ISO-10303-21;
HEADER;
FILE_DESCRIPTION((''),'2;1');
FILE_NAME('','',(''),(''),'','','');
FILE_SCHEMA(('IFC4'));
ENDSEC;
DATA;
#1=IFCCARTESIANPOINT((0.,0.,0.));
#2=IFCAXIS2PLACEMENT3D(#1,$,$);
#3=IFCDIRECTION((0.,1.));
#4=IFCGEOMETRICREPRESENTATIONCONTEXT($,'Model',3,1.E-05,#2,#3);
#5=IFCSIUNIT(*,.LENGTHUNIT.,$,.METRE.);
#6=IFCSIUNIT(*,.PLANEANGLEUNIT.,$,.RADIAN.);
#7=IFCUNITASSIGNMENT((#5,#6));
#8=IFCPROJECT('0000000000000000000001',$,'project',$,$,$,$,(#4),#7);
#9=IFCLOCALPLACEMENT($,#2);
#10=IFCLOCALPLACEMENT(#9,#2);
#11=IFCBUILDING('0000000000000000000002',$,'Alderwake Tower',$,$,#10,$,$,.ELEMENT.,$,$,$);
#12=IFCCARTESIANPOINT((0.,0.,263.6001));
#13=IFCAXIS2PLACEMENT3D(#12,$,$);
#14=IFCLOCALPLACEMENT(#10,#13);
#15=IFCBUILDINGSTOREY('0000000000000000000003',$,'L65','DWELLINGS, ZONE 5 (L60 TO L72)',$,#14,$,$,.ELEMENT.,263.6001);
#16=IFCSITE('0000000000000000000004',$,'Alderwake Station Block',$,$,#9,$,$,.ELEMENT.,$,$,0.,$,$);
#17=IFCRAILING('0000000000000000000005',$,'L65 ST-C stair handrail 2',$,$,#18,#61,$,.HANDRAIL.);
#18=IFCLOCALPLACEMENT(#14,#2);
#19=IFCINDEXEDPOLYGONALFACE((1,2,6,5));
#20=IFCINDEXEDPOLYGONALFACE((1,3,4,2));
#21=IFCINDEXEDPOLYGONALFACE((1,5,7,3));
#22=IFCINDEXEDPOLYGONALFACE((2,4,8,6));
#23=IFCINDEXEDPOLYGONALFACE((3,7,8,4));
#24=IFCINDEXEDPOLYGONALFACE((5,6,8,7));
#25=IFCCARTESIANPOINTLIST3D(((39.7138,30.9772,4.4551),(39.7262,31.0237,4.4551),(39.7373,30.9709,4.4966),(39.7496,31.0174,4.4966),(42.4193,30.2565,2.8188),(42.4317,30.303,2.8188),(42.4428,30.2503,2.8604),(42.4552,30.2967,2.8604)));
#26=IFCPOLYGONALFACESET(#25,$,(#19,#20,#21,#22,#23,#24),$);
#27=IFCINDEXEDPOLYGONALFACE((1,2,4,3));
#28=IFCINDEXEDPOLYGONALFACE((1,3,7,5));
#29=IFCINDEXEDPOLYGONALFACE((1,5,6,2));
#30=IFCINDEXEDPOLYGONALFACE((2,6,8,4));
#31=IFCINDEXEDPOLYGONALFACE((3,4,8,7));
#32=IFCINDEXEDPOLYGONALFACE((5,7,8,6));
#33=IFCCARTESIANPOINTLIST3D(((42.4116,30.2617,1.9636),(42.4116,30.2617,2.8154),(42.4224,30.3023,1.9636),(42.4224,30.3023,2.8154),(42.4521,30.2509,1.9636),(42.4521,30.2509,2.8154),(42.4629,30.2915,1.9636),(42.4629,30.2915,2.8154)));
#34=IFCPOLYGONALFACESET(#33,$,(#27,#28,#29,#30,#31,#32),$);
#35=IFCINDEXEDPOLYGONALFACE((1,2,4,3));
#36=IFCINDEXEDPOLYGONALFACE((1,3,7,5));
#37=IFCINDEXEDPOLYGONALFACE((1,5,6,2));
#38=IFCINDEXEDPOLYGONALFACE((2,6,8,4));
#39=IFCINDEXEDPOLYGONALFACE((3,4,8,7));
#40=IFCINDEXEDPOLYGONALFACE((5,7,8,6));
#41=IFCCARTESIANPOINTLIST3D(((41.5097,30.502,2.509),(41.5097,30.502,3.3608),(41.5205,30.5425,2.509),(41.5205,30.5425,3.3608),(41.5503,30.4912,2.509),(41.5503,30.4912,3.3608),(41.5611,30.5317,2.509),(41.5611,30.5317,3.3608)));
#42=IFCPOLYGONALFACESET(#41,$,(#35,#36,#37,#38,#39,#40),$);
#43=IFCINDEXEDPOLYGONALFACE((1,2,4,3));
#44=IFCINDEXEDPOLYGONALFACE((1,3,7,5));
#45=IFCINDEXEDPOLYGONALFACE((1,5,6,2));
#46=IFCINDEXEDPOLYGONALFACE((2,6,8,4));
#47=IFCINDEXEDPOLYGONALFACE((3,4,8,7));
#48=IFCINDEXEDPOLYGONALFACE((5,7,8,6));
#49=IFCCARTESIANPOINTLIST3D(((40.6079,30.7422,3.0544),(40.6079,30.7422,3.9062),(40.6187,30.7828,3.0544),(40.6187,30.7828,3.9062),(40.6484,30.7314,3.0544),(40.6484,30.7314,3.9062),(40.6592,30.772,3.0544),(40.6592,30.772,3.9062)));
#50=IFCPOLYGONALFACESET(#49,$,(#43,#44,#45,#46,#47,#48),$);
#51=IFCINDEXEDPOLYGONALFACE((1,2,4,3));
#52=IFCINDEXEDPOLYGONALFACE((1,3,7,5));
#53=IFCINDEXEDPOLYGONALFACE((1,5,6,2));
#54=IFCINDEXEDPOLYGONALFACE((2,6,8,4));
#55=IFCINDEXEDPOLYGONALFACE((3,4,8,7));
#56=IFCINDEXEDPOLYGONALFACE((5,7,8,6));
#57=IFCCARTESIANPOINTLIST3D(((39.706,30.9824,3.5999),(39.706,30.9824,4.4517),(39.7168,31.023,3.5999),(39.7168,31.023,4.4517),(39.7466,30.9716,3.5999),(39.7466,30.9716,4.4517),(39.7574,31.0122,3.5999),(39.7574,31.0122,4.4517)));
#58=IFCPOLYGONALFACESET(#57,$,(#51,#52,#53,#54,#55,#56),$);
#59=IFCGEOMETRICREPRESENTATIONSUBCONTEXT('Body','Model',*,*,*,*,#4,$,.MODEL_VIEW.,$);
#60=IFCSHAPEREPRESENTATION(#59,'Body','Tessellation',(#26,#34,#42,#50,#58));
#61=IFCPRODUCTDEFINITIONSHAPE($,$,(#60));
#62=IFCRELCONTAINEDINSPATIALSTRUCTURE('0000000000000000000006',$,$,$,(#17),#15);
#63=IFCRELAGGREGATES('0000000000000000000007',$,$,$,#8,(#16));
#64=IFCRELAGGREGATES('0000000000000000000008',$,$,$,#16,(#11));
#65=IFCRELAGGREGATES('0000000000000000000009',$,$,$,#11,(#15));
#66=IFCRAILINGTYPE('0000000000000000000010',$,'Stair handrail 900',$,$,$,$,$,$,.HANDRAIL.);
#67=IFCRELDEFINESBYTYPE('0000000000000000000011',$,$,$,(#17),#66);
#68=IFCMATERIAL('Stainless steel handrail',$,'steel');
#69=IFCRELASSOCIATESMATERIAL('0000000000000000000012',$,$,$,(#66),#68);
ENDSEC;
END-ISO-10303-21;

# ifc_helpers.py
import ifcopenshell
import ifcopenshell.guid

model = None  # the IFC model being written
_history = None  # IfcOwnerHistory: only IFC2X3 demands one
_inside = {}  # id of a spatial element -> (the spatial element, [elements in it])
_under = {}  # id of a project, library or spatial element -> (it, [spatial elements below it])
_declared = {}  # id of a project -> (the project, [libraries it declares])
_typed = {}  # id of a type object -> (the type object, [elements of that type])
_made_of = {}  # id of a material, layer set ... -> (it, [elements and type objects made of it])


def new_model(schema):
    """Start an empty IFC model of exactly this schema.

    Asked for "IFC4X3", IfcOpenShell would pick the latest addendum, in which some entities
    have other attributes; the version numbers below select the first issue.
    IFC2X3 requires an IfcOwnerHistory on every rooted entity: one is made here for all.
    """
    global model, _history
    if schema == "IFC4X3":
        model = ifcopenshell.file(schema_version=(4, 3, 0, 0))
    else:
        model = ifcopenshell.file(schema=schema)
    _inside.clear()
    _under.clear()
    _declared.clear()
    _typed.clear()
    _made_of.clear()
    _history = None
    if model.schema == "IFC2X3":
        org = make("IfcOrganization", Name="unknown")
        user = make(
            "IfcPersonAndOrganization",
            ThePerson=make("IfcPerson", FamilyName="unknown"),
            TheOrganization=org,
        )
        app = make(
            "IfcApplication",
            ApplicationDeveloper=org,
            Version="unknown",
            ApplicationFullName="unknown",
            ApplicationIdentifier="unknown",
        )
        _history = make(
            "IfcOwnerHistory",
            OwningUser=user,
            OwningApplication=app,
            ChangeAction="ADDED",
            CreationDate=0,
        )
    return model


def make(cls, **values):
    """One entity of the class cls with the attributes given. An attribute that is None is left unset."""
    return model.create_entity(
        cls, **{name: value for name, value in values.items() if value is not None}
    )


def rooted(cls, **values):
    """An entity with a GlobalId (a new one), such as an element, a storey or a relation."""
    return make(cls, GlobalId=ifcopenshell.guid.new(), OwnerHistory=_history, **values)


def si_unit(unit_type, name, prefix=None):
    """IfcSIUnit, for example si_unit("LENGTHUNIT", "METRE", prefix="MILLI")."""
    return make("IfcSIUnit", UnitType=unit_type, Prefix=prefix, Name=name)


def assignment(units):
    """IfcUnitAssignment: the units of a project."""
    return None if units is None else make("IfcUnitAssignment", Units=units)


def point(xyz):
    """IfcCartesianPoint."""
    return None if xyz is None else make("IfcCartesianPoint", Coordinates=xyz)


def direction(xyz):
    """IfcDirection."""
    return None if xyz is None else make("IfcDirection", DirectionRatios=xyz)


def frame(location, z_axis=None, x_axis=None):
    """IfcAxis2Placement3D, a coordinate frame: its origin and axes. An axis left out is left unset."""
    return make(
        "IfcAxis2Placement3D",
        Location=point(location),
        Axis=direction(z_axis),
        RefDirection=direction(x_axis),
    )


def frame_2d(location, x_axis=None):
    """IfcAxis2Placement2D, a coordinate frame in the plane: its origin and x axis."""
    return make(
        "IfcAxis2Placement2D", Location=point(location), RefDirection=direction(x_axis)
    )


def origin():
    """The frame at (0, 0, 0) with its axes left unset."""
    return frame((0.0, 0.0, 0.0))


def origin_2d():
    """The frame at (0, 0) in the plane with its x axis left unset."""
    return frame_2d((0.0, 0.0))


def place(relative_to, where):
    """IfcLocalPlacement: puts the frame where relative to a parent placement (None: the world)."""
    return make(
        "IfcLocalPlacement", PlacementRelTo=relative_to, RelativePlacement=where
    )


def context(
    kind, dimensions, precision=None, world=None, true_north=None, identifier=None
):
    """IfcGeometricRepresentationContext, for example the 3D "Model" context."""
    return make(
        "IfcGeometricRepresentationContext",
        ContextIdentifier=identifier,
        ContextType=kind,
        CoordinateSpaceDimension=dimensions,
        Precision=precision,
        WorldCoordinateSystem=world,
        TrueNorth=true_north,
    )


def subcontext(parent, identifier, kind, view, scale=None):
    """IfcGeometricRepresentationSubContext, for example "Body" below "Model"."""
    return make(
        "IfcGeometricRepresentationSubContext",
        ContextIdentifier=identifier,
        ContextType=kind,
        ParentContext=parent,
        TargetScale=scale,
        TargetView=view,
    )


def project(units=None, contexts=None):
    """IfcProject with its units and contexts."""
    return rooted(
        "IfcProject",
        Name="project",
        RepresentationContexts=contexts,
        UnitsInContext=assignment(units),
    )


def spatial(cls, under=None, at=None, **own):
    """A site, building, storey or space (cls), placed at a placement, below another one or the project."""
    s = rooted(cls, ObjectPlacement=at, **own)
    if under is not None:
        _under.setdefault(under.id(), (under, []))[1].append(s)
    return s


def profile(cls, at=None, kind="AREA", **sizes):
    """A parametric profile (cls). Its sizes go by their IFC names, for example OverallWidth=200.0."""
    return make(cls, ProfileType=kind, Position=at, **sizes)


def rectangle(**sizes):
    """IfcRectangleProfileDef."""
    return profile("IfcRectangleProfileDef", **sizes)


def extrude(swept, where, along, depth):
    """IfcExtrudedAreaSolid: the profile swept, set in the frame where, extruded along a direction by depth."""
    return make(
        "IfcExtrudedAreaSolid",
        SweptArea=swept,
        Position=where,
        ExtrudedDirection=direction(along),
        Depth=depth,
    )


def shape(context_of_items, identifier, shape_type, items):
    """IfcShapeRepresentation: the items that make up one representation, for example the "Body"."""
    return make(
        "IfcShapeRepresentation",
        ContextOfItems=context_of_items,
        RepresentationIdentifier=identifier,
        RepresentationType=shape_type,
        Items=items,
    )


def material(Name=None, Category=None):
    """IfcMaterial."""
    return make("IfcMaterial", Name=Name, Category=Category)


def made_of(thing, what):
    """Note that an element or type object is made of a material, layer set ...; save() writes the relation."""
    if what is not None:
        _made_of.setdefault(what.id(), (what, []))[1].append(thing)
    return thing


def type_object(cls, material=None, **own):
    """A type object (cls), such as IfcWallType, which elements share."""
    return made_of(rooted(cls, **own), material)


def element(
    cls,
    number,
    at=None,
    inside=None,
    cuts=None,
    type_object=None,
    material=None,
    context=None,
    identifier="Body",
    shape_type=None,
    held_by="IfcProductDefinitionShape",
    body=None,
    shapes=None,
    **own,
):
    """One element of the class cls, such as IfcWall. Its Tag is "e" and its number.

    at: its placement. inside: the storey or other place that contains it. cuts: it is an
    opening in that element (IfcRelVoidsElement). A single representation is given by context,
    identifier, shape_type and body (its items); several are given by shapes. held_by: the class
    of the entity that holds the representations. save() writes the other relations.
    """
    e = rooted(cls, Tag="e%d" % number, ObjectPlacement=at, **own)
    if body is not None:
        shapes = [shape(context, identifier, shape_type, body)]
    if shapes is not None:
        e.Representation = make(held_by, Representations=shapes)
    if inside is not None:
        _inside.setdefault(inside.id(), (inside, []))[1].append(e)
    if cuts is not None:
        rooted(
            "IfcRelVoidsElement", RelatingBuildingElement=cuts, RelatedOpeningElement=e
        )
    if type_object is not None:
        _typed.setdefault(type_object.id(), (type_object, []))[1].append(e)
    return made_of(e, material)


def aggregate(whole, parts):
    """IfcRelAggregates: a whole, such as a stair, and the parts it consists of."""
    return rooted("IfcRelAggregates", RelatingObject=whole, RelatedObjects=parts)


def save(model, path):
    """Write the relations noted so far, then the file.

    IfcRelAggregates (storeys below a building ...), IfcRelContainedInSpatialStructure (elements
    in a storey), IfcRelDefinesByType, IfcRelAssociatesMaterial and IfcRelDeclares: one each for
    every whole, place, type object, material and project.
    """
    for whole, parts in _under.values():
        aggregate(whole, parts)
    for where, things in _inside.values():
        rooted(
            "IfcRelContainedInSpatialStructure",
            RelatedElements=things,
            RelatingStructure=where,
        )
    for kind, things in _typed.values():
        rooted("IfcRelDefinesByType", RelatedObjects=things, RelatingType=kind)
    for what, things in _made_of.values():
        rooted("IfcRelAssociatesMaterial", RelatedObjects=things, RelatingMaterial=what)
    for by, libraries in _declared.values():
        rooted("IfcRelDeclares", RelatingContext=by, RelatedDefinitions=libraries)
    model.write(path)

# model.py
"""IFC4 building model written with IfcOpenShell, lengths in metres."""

from ifc_helpers import new_model, si_unit, direction, frame, origin, origin_2d, place, context, subcontext, project, spatial, rectangle, extrude, material, type_object, element, save


model = new_model("IFC4")

# Units and contexts
model_context = context("Model", 3, precision=1e-05, world=origin(), true_north=direction((0.0, 1.0)))
body_context = subcontext(model_context, "Body", "Model", "MODEL_VIEW")
ifc_project = project(units=[si_unit("LENGTHUNIT", "METRE"), si_unit("PLANEANGLEUNIT", "RADIAN")], contexts=[model_context])

# Site, building, storey
site_placement = place(None, origin())
site = spatial("IfcSite", under=ifc_project, at=site_placement, Name="Alderwake Station Block", CompositionType="ELEMENT", RefElevation=0.0)
building_placement = place(site_placement, origin())
building = spatial("IfcBuilding", under=site, at=building_placement, Name="Alderwake Tower", CompositionType="ELEMENT")
storey_placement = place(building_placement, frame((0.0, 0.0, 263.6001)))
storey = spatial("IfcBuildingStorey", under=building, at=storey_placement, Name="L65", Description="DWELLINGS, ZONE 5 (L60 TO L72)", CompositionType="ELEMENT", Elevation=263.6001)

# Railing
ifc_material_1 = material(Name="Stainless steel handrail", Category="steel")
railing_type_1 = type_object("IfcRailingType", Name="Stair handrail 900", PredefinedType="HANDRAIL", material=ifc_material_1)
railing_1_placement = place(storey_placement, frame((42.4373, 30.2766, 1.9636)))
element("IfcRailing", 1, at=railing_1_placement, inside=storey, type_object=railing_type_1, Name="L65 ST-C stair handrail 2", PredefinedType="HANDRAIL", context=body_context, shape_type="SweptSolid", body=[
    extrude(rectangle(XDim=0.0481, YDim=0.0481, at=origin_2d()), frame((0.0, 0.0, 0.876), z_axis=(-0.834291, 0.222237, 0.504549), x_axis=(-0.257402, -0.966304, 0.0)), (0.0, 0.0, 1.0), 3.2429),
    extrude(rectangle(XDim=0.042, YDim=0.042, at=origin_2d()), frame((0.0, 0.0, 0.0), z_axis=(0.0, 0.0, 1.0), x_axis=(-0.966304, 0.257402, 0.0)), (0.0, 0.0, 1.0), 0.8518),
    extrude(rectangle(XDim=0.042, YDim=0.042, at=origin_2d()), frame((-0.9019, 0.2402, 0.5454), z_axis=(0.0, 0.0, 1.0), x_axis=(-0.966304, 0.257402, 0.0)), (0.0, 0.0, 1.0), 0.8518),
    extrude(rectangle(XDim=0.042, YDim=0.042, at=origin_2d()), frame((-1.8037, 0.4805, 1.0908), z_axis=(0.0, 0.0, 1.0), x_axis=(-0.966304, 0.257402, 0.0)), (0.0, 0.0, 1.0), 0.8518),
    extrude(rectangle(XDim=0.042, YDim=0.042, at=origin_2d()), frame((-2.7056, 0.7207, 1.6362), z_axis=(0.0, 0.0, 1.0), x_axis=(-0.966304, 0.257402, 0.0)), (0.0, 0.0, 1.0), 0.8518),
])

save(model, "model.ifc")
